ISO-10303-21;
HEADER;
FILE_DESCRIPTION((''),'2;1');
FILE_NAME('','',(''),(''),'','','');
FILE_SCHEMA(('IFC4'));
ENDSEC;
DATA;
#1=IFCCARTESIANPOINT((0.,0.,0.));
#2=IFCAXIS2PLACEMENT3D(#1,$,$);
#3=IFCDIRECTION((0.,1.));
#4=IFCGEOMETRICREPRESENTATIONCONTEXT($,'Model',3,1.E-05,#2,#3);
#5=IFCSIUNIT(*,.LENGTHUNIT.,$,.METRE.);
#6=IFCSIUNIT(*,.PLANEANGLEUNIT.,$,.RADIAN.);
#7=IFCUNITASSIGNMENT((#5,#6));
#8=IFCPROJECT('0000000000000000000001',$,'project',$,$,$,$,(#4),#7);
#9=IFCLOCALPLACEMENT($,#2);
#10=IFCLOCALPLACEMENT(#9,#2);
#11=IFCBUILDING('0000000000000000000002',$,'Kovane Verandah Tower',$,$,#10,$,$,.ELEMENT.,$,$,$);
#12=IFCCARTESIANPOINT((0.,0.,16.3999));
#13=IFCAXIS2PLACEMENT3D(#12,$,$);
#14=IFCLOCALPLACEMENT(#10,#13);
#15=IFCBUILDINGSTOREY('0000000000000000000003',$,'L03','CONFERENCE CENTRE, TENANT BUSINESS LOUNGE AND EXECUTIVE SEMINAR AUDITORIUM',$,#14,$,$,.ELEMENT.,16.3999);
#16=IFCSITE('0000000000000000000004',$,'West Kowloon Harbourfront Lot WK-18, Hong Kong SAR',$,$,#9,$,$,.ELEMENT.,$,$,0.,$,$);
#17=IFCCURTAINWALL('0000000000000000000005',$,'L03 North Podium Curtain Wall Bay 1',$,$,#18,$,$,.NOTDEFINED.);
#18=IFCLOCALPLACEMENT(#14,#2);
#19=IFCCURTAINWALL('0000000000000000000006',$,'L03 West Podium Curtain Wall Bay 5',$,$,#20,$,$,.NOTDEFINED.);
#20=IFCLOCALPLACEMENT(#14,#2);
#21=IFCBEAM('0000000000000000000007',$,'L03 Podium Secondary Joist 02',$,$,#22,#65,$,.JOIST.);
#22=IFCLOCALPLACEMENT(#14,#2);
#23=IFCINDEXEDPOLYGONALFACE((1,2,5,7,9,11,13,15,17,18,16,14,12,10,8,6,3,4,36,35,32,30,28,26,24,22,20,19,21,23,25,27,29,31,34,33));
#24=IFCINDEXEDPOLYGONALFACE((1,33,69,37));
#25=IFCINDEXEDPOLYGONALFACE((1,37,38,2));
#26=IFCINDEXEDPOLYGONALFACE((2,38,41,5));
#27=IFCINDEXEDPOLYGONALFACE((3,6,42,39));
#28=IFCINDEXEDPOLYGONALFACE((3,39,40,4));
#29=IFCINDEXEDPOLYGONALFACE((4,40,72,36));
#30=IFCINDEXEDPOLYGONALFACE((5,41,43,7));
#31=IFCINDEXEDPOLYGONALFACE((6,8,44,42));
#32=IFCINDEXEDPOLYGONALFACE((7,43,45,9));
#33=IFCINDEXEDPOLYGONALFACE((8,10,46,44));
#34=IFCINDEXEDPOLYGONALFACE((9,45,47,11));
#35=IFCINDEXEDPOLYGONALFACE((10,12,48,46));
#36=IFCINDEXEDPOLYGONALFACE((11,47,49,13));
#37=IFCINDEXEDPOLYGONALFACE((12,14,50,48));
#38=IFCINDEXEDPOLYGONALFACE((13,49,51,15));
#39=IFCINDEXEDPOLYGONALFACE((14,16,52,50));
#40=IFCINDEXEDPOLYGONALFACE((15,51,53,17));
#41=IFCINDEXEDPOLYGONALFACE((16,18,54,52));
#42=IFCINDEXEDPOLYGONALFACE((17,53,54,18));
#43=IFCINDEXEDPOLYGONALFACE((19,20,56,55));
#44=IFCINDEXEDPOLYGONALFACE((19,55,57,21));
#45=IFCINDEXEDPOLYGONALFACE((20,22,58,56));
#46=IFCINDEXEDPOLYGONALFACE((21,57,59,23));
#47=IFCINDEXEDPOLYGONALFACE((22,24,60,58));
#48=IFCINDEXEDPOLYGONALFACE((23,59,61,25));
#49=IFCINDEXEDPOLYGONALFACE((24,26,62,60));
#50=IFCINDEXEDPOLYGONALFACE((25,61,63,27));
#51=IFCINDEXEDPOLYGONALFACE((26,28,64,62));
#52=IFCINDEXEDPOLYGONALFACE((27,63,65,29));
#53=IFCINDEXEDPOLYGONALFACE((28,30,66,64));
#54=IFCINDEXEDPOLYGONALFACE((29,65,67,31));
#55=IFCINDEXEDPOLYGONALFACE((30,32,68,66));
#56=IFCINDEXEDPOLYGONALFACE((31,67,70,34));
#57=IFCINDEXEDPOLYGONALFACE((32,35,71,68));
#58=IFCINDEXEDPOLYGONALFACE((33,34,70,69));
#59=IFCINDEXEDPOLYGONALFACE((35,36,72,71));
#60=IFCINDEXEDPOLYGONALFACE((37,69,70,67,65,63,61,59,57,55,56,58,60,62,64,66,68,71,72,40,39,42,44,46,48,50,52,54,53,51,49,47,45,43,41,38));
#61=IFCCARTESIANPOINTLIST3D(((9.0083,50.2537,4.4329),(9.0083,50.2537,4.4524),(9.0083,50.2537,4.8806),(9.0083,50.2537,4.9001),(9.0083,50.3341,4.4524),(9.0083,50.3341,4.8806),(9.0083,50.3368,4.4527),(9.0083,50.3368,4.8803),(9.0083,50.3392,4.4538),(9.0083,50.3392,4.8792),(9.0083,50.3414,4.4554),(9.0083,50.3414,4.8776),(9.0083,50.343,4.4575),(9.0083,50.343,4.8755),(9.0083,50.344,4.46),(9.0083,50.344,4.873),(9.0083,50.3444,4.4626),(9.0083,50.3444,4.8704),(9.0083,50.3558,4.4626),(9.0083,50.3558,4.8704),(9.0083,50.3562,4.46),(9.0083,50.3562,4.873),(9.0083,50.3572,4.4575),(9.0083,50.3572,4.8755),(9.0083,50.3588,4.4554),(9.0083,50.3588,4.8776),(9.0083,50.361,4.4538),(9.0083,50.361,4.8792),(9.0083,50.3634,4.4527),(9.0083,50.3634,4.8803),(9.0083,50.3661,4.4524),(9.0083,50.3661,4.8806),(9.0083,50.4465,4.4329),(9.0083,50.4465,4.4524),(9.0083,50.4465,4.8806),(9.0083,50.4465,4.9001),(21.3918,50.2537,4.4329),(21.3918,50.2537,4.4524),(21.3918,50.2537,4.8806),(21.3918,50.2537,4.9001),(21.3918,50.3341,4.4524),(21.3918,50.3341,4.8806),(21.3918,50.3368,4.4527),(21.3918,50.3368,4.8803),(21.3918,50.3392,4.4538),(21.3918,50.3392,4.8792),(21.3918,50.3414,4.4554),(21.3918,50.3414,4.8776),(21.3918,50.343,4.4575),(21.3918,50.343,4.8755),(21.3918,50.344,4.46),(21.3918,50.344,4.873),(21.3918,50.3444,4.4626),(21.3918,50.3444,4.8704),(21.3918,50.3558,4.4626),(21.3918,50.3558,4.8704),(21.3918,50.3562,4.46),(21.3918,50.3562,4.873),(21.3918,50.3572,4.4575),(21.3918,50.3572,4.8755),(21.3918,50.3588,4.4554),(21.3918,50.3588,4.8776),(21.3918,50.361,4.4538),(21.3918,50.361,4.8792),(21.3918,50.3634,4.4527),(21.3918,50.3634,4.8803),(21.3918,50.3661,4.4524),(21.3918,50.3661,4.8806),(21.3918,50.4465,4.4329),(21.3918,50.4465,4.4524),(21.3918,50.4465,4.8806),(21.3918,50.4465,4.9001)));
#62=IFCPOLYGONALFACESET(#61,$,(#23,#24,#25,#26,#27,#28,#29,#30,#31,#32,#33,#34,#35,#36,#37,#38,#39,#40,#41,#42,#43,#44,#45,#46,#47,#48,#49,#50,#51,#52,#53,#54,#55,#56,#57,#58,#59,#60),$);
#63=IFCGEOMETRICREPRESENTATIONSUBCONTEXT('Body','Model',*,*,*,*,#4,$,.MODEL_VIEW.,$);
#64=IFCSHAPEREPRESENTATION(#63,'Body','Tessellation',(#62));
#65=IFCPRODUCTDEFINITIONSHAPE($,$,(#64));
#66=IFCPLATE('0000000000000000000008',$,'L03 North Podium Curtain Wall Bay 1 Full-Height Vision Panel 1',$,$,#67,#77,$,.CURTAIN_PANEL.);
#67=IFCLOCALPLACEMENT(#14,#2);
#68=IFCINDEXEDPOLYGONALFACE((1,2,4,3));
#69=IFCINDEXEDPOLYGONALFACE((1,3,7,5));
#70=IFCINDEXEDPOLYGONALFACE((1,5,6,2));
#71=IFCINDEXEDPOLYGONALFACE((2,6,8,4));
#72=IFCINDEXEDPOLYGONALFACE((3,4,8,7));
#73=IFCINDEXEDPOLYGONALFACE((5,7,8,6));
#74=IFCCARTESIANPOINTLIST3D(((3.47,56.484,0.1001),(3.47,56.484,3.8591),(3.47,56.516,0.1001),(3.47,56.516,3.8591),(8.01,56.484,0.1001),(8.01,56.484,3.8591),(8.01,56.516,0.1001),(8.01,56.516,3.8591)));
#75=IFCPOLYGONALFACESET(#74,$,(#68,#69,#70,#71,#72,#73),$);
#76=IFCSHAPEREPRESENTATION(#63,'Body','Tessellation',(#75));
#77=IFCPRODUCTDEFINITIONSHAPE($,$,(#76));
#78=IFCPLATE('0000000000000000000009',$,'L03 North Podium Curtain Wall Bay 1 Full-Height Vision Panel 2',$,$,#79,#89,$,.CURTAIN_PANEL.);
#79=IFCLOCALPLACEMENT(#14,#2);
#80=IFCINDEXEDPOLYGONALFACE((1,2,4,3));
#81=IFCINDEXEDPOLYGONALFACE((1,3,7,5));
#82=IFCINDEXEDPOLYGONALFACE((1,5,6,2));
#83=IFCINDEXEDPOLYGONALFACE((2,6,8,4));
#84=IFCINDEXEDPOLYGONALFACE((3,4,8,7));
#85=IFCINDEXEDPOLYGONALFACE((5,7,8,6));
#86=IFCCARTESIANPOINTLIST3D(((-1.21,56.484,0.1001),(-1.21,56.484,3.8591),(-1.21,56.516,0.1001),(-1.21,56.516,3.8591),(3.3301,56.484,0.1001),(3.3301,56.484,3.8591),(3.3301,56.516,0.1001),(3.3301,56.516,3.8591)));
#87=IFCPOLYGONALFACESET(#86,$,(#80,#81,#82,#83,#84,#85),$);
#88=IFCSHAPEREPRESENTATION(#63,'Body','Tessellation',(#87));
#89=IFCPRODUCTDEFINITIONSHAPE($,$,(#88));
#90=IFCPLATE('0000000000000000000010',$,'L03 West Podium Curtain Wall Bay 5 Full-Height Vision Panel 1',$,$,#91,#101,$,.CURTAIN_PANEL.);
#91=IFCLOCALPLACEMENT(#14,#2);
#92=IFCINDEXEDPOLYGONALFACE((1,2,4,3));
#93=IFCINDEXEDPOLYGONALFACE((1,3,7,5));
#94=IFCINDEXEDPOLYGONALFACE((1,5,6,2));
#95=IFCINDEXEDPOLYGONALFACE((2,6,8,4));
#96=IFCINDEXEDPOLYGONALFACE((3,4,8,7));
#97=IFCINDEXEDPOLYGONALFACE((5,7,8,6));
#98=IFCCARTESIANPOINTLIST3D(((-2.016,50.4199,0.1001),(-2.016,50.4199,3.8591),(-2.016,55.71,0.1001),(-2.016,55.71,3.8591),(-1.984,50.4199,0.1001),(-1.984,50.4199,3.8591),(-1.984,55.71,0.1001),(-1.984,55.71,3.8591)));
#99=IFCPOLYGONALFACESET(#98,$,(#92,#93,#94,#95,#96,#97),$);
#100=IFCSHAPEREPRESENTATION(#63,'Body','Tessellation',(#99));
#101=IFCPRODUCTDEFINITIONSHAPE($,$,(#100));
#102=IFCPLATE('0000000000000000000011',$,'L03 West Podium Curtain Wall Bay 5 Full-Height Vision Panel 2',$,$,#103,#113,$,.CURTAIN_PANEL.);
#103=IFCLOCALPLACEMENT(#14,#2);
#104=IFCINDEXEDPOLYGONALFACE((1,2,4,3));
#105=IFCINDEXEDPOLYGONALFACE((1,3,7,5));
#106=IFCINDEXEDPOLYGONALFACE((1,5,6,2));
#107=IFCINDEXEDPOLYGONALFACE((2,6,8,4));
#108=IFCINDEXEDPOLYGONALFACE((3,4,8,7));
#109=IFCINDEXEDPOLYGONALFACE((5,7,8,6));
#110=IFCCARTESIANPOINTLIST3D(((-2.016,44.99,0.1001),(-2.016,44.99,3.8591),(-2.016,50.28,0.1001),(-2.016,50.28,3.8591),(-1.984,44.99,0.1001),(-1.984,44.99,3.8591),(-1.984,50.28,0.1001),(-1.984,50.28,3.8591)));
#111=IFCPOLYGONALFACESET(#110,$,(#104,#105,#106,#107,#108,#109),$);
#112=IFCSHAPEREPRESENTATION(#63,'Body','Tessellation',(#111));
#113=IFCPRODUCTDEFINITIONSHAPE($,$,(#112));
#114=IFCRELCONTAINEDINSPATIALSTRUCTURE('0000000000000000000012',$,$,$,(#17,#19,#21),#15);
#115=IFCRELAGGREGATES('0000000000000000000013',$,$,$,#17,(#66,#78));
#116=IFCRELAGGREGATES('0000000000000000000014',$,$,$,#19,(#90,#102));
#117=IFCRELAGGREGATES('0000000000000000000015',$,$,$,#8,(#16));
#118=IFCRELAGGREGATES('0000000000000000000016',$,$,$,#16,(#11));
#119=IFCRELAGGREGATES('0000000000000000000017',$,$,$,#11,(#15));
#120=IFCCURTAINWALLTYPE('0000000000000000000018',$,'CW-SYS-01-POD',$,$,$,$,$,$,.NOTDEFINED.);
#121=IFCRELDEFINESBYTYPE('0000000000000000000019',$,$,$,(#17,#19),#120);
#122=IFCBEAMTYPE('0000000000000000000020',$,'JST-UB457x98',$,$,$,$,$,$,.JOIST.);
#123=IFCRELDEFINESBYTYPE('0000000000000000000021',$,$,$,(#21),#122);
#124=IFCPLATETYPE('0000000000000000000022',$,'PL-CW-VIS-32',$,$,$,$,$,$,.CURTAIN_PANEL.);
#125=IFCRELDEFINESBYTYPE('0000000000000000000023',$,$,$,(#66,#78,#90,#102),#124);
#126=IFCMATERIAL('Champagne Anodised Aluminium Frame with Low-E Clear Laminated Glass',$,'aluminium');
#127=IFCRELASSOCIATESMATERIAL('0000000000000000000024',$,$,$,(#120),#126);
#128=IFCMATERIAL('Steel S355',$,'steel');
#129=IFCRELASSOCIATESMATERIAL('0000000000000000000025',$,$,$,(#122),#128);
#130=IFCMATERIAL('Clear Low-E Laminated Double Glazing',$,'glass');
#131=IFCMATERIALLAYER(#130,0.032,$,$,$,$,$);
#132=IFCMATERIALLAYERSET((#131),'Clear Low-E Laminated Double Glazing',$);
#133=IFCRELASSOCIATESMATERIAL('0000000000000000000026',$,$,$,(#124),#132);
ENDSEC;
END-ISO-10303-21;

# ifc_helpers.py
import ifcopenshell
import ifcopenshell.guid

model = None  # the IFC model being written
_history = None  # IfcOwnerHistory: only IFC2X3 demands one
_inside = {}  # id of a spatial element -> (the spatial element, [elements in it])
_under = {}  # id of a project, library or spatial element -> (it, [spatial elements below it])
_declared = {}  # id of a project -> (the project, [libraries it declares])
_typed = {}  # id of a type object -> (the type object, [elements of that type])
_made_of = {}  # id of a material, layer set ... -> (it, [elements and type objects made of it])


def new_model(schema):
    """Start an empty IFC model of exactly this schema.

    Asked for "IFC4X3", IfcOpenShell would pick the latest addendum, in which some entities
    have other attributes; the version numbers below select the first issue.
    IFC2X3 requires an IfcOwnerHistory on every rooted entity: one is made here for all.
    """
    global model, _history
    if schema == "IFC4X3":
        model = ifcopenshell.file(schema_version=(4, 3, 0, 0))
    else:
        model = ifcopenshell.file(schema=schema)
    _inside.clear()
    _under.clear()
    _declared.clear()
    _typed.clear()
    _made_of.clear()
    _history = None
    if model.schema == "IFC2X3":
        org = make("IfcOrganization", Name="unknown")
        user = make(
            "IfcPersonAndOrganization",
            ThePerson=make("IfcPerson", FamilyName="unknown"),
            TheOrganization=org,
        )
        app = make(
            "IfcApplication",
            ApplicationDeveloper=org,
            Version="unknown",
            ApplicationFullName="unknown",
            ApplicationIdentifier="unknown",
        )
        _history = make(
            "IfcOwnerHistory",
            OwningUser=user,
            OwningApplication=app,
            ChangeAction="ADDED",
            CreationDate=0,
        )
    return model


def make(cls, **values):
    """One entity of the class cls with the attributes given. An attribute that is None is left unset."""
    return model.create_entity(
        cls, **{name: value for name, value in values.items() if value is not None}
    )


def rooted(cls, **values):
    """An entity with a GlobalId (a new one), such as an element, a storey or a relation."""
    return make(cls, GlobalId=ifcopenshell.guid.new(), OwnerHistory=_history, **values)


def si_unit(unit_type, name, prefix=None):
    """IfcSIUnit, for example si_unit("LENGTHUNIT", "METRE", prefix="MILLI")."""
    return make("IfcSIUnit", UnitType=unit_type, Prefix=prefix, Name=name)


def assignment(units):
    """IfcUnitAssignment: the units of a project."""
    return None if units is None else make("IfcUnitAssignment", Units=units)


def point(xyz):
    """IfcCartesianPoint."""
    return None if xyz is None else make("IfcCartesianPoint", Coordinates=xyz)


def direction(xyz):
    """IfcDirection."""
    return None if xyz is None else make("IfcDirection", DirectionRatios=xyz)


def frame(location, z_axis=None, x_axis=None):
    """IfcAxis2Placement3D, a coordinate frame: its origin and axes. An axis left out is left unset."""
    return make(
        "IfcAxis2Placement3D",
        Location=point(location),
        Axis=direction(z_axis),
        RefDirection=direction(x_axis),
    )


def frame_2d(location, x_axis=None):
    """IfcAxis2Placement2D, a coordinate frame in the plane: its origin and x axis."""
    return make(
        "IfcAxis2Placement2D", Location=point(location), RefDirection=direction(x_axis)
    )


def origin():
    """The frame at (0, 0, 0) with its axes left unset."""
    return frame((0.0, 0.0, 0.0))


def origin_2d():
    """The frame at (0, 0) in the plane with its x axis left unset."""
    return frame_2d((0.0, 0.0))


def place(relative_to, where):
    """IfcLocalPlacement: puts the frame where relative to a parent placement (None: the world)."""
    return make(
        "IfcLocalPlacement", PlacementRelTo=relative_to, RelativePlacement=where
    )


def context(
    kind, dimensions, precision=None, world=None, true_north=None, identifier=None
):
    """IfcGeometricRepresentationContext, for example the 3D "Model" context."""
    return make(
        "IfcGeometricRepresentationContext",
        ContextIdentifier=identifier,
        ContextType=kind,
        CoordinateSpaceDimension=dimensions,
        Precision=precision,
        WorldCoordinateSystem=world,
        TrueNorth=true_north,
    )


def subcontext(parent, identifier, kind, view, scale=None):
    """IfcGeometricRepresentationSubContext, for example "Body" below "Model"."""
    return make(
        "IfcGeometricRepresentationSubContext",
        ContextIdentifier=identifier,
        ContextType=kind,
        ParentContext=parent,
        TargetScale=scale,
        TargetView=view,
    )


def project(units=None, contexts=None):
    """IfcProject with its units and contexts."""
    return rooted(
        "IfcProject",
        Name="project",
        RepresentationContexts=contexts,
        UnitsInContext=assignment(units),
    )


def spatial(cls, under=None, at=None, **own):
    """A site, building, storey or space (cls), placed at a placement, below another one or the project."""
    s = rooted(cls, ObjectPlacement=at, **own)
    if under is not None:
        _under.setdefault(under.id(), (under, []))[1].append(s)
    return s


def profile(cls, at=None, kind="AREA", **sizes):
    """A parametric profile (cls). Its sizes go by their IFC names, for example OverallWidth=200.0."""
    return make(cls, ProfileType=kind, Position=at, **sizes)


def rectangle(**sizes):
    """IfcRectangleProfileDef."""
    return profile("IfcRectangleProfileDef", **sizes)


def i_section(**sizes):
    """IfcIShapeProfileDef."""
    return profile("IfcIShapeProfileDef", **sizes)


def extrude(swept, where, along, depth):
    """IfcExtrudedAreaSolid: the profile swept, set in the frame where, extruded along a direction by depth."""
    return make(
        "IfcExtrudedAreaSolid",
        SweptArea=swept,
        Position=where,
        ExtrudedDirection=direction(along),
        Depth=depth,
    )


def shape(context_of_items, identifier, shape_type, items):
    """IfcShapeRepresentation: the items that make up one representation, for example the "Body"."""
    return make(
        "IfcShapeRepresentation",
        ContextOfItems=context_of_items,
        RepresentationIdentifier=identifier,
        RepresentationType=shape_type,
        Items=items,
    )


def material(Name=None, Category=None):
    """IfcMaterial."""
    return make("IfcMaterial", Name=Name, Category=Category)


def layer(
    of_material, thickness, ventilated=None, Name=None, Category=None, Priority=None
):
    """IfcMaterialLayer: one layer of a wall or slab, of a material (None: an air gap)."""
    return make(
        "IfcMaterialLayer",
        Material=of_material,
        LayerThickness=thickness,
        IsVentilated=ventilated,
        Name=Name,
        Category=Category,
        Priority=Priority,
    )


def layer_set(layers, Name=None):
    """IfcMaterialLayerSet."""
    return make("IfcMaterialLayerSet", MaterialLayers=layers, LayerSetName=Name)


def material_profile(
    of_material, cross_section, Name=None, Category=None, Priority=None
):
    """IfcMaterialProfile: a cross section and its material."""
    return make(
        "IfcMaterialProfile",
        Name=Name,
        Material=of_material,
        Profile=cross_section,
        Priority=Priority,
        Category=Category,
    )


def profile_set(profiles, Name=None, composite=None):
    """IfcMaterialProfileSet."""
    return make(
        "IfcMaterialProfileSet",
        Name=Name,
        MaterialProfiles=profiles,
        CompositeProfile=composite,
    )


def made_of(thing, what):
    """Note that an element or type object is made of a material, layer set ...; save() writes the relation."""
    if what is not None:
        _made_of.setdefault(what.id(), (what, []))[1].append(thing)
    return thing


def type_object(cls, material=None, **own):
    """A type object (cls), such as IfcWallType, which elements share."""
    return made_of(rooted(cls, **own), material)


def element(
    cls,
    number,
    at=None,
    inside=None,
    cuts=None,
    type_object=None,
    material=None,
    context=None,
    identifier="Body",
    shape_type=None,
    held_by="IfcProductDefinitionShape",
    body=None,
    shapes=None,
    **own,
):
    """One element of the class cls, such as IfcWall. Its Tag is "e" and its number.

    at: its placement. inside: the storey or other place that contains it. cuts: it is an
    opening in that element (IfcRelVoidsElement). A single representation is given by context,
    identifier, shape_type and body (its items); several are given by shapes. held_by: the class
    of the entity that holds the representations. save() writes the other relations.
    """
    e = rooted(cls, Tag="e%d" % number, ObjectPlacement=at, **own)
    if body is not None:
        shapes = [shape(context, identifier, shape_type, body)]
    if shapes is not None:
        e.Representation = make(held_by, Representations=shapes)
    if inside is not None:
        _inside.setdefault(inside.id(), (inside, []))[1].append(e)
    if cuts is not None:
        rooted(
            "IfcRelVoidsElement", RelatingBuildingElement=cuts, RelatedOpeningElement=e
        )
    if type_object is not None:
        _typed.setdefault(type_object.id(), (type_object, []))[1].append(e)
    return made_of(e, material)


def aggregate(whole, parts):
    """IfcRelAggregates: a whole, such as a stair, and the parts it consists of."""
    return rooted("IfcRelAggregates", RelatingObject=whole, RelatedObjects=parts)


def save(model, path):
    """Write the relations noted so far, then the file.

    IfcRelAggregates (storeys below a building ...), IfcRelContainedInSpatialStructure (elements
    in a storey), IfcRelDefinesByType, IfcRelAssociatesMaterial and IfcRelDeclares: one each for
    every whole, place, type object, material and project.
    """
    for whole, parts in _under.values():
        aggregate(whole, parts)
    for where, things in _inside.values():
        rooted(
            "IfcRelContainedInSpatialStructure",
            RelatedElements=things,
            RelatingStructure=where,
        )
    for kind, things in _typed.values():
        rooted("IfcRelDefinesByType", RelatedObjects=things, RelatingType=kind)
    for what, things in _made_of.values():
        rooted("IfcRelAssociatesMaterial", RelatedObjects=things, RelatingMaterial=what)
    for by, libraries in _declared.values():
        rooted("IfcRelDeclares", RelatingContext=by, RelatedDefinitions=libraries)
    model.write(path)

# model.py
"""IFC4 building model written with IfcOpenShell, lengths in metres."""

from ifc_helpers import new_model, si_unit, direction, frame, origin, origin_2d, place, context, subcontext, project, spatial, rectangle, i_section, extrude, material, layer, layer_set, material_profile, profile_set, type_object, element, aggregate, save


model = new_model("IFC4")

# Units and contexts
model_context = context("Model", 3, precision=1e-05, world=origin(), true_north=direction((0.0, 1.0)))
body_context = subcontext(model_context, "Body", "Model", "MODEL_VIEW")
ifc_project = project(units=[si_unit("LENGTHUNIT", "METRE"), si_unit("PLANEANGLEUNIT", "RADIAN")], contexts=[model_context])

# Site, building, storey
site_placement = place(None, origin())
site = spatial("IfcSite", under=ifc_project, at=site_placement, Name="West Kowloon Harbourfront Lot WK-18, Hong Kong SAR", CompositionType="ELEMENT", RefElevation=0.0)
building_placement = place(site_placement, origin())
building = spatial("IfcBuilding", under=site, at=building_placement, Name="Kovane Verandah Tower", CompositionType="ELEMENT")
storey_placement = place(building_placement, frame((0.0, 0.0, 16.3999)))
storey = spatial("IfcBuildingStorey", under=building, at=storey_placement, Name="L03", Description="CONFERENCE CENTRE, TENANT BUSINESS LOUNGE AND EXECUTIVE SEMINAR AUDITORIUM", CompositionType="ELEMENT", Elevation=16.3999)

# Curtain walls
ifc_material_1 = material(Name="Champagne Anodised Aluminium Frame with Low-E Clear Laminated Glass", Category="aluminium")
curtain_wall_type = type_object("IfcCurtainWallType", Name="CW-SYS-01-POD", PredefinedType="NOTDEFINED", material=ifc_material_1)
curtain_wall_1_placement = place(storey_placement, origin())
curtain_wall_1 = element("IfcCurtainWall", 1, at=curtain_wall_1_placement, inside=storey, type_object=curtain_wall_type, Name="L03 North Podium Curtain Wall Bay 1", PredefinedType="NOTDEFINED")
curtain_wall_2_placement = place(storey_placement, origin())
curtain_wall_2 = element("IfcCurtainWall", 2, at=curtain_wall_2_placement, inside=storey, type_object=curtain_wall_type, Name="L03 West Podium Curtain Wall Bay 5", PredefinedType="NOTDEFINED")

# Beam
ifc_material_2 = material(Name="Steel S355", Category="steel")
ifc_material_profile_1 = material_profile(ifc_material_2, i_section(OverallWidth=0.1929, OverallDepth=0.4673, WebThickness=0.0115, FlangeThickness=0.0195, FilletRadius=0.0103, at=origin_2d()), Name="UB457x191x98")
ifc_profile_set_1 = profile_set([ifc_material_profile_1], Name="Steel S355")
beam_type_1 = type_object("IfcBeamType", Name="JST-UB457x98", PredefinedType="JOIST", material=ifc_profile_set_1)
beam_1_placement = place(storey_placement, frame((9.0083, 50.3501, 4.6665), z_axis=(1.0, 0.0, 0.0), x_axis=(0.0, 1.0, 0.0)))
element("IfcBeam", 3, at=beam_1_placement, inside=storey, type_object=beam_type_1, Name="L03 Podium Secondary Joist 02", PredefinedType="JOIST", context=body_context, shape_type="SweptSolid", body=[
    extrude(i_section(OverallWidth=0.1929, OverallDepth=0.4673, WebThickness=0.0115, FlangeThickness=0.0195, FilletRadius=0.0103, at=origin_2d()), origin(), (0.0, 0.0, 1.0), 12.3835),
])

# Plates
ifc_material_3 = material(Name="Clear Low-E Laminated Double Glazing", Category="glass")
ifc_layer = layer(ifc_material_3, 0.032)
ifc_layer_set = layer_set([ifc_layer], Name="Clear Low-E Laminated Double Glazing")
plate_type = type_object("IfcPlateType", Name="PL-CW-VIS-32", PredefinedType="CURTAIN_PANEL", material=ifc_layer_set)
plate_1_placement = place(storey_placement, frame((5.74, 56.5, 0.1001), z_axis=(0.0, 0.0, 1.0), x_axis=(-1.0, 0.0, 0.0)))
plate_1 = element("IfcPlate", 4, at=plate_1_placement, type_object=plate_type, Name="L03 North Podium Curtain Wall Bay 1 Full-Height Vision Panel 1", PredefinedType="CURTAIN_PANEL", context=body_context, shape_type="SweptSolid", body=[
    extrude(rectangle(XDim=4.54, YDim=0.032, at=origin_2d()), origin(), (0.0, 0.0, 1.0), 3.759),
])
plate_2_placement = place(storey_placement, frame((1.0601, 56.5, 0.1001), z_axis=(0.0, 0.0, 1.0), x_axis=(-1.0, 0.0, 0.0)))
plate_2 = element("IfcPlate", 5, at=plate_2_placement, type_object=plate_type, Name="L03 North Podium Curtain Wall Bay 1 Full-Height Vision Panel 2", PredefinedType="CURTAIN_PANEL", context=body_context, shape_type="SweptSolid", body=[
    extrude(rectangle(XDim=4.54, YDim=0.032, at=origin_2d()), origin(), (0.0, 0.0, 1.0), 3.759),
])
aggregate(curtain_wall_1, [plate_1, plate_2])
plate_3_placement = place(storey_placement, frame((-2.0, 53.0649, 0.1001), z_axis=(0.0, 0.0, 1.0), x_axis=(0.0, -1.0, 0.0)))
plate_3 = element("IfcPlate", 6, at=plate_3_placement, type_object=plate_type, Name="L03 West Podium Curtain Wall Bay 5 Full-Height Vision Panel 1", PredefinedType="CURTAIN_PANEL", context=body_context, shape_type="SweptSolid", body=[
    extrude(rectangle(XDim=5.29, YDim=0.032, at=origin_2d()), origin(), (0.0, 0.0, 1.0), 3.759),
])
plate_4_placement = place(storey_placement, frame((-2.0, 47.635, 0.1001), z_axis=(0.0, 0.0, 1.0), x_axis=(0.0, -1.0, 0.0)))
plate_4 = element("IfcPlate", 7, at=plate_4_placement, type_object=plate_type, Name="L03 West Podium Curtain Wall Bay 5 Full-Height Vision Panel 2", PredefinedType="CURTAIN_PANEL", context=body_context, shape_type="SweptSolid", body=[
    extrude(rectangle(XDim=5.29, YDim=0.032, at=origin_2d()), origin(), (0.0, 0.0, 1.0), 3.759),
])
aggregate(curtain_wall_2, [plate_3, plate_4])

save(model, "model.ifc")
